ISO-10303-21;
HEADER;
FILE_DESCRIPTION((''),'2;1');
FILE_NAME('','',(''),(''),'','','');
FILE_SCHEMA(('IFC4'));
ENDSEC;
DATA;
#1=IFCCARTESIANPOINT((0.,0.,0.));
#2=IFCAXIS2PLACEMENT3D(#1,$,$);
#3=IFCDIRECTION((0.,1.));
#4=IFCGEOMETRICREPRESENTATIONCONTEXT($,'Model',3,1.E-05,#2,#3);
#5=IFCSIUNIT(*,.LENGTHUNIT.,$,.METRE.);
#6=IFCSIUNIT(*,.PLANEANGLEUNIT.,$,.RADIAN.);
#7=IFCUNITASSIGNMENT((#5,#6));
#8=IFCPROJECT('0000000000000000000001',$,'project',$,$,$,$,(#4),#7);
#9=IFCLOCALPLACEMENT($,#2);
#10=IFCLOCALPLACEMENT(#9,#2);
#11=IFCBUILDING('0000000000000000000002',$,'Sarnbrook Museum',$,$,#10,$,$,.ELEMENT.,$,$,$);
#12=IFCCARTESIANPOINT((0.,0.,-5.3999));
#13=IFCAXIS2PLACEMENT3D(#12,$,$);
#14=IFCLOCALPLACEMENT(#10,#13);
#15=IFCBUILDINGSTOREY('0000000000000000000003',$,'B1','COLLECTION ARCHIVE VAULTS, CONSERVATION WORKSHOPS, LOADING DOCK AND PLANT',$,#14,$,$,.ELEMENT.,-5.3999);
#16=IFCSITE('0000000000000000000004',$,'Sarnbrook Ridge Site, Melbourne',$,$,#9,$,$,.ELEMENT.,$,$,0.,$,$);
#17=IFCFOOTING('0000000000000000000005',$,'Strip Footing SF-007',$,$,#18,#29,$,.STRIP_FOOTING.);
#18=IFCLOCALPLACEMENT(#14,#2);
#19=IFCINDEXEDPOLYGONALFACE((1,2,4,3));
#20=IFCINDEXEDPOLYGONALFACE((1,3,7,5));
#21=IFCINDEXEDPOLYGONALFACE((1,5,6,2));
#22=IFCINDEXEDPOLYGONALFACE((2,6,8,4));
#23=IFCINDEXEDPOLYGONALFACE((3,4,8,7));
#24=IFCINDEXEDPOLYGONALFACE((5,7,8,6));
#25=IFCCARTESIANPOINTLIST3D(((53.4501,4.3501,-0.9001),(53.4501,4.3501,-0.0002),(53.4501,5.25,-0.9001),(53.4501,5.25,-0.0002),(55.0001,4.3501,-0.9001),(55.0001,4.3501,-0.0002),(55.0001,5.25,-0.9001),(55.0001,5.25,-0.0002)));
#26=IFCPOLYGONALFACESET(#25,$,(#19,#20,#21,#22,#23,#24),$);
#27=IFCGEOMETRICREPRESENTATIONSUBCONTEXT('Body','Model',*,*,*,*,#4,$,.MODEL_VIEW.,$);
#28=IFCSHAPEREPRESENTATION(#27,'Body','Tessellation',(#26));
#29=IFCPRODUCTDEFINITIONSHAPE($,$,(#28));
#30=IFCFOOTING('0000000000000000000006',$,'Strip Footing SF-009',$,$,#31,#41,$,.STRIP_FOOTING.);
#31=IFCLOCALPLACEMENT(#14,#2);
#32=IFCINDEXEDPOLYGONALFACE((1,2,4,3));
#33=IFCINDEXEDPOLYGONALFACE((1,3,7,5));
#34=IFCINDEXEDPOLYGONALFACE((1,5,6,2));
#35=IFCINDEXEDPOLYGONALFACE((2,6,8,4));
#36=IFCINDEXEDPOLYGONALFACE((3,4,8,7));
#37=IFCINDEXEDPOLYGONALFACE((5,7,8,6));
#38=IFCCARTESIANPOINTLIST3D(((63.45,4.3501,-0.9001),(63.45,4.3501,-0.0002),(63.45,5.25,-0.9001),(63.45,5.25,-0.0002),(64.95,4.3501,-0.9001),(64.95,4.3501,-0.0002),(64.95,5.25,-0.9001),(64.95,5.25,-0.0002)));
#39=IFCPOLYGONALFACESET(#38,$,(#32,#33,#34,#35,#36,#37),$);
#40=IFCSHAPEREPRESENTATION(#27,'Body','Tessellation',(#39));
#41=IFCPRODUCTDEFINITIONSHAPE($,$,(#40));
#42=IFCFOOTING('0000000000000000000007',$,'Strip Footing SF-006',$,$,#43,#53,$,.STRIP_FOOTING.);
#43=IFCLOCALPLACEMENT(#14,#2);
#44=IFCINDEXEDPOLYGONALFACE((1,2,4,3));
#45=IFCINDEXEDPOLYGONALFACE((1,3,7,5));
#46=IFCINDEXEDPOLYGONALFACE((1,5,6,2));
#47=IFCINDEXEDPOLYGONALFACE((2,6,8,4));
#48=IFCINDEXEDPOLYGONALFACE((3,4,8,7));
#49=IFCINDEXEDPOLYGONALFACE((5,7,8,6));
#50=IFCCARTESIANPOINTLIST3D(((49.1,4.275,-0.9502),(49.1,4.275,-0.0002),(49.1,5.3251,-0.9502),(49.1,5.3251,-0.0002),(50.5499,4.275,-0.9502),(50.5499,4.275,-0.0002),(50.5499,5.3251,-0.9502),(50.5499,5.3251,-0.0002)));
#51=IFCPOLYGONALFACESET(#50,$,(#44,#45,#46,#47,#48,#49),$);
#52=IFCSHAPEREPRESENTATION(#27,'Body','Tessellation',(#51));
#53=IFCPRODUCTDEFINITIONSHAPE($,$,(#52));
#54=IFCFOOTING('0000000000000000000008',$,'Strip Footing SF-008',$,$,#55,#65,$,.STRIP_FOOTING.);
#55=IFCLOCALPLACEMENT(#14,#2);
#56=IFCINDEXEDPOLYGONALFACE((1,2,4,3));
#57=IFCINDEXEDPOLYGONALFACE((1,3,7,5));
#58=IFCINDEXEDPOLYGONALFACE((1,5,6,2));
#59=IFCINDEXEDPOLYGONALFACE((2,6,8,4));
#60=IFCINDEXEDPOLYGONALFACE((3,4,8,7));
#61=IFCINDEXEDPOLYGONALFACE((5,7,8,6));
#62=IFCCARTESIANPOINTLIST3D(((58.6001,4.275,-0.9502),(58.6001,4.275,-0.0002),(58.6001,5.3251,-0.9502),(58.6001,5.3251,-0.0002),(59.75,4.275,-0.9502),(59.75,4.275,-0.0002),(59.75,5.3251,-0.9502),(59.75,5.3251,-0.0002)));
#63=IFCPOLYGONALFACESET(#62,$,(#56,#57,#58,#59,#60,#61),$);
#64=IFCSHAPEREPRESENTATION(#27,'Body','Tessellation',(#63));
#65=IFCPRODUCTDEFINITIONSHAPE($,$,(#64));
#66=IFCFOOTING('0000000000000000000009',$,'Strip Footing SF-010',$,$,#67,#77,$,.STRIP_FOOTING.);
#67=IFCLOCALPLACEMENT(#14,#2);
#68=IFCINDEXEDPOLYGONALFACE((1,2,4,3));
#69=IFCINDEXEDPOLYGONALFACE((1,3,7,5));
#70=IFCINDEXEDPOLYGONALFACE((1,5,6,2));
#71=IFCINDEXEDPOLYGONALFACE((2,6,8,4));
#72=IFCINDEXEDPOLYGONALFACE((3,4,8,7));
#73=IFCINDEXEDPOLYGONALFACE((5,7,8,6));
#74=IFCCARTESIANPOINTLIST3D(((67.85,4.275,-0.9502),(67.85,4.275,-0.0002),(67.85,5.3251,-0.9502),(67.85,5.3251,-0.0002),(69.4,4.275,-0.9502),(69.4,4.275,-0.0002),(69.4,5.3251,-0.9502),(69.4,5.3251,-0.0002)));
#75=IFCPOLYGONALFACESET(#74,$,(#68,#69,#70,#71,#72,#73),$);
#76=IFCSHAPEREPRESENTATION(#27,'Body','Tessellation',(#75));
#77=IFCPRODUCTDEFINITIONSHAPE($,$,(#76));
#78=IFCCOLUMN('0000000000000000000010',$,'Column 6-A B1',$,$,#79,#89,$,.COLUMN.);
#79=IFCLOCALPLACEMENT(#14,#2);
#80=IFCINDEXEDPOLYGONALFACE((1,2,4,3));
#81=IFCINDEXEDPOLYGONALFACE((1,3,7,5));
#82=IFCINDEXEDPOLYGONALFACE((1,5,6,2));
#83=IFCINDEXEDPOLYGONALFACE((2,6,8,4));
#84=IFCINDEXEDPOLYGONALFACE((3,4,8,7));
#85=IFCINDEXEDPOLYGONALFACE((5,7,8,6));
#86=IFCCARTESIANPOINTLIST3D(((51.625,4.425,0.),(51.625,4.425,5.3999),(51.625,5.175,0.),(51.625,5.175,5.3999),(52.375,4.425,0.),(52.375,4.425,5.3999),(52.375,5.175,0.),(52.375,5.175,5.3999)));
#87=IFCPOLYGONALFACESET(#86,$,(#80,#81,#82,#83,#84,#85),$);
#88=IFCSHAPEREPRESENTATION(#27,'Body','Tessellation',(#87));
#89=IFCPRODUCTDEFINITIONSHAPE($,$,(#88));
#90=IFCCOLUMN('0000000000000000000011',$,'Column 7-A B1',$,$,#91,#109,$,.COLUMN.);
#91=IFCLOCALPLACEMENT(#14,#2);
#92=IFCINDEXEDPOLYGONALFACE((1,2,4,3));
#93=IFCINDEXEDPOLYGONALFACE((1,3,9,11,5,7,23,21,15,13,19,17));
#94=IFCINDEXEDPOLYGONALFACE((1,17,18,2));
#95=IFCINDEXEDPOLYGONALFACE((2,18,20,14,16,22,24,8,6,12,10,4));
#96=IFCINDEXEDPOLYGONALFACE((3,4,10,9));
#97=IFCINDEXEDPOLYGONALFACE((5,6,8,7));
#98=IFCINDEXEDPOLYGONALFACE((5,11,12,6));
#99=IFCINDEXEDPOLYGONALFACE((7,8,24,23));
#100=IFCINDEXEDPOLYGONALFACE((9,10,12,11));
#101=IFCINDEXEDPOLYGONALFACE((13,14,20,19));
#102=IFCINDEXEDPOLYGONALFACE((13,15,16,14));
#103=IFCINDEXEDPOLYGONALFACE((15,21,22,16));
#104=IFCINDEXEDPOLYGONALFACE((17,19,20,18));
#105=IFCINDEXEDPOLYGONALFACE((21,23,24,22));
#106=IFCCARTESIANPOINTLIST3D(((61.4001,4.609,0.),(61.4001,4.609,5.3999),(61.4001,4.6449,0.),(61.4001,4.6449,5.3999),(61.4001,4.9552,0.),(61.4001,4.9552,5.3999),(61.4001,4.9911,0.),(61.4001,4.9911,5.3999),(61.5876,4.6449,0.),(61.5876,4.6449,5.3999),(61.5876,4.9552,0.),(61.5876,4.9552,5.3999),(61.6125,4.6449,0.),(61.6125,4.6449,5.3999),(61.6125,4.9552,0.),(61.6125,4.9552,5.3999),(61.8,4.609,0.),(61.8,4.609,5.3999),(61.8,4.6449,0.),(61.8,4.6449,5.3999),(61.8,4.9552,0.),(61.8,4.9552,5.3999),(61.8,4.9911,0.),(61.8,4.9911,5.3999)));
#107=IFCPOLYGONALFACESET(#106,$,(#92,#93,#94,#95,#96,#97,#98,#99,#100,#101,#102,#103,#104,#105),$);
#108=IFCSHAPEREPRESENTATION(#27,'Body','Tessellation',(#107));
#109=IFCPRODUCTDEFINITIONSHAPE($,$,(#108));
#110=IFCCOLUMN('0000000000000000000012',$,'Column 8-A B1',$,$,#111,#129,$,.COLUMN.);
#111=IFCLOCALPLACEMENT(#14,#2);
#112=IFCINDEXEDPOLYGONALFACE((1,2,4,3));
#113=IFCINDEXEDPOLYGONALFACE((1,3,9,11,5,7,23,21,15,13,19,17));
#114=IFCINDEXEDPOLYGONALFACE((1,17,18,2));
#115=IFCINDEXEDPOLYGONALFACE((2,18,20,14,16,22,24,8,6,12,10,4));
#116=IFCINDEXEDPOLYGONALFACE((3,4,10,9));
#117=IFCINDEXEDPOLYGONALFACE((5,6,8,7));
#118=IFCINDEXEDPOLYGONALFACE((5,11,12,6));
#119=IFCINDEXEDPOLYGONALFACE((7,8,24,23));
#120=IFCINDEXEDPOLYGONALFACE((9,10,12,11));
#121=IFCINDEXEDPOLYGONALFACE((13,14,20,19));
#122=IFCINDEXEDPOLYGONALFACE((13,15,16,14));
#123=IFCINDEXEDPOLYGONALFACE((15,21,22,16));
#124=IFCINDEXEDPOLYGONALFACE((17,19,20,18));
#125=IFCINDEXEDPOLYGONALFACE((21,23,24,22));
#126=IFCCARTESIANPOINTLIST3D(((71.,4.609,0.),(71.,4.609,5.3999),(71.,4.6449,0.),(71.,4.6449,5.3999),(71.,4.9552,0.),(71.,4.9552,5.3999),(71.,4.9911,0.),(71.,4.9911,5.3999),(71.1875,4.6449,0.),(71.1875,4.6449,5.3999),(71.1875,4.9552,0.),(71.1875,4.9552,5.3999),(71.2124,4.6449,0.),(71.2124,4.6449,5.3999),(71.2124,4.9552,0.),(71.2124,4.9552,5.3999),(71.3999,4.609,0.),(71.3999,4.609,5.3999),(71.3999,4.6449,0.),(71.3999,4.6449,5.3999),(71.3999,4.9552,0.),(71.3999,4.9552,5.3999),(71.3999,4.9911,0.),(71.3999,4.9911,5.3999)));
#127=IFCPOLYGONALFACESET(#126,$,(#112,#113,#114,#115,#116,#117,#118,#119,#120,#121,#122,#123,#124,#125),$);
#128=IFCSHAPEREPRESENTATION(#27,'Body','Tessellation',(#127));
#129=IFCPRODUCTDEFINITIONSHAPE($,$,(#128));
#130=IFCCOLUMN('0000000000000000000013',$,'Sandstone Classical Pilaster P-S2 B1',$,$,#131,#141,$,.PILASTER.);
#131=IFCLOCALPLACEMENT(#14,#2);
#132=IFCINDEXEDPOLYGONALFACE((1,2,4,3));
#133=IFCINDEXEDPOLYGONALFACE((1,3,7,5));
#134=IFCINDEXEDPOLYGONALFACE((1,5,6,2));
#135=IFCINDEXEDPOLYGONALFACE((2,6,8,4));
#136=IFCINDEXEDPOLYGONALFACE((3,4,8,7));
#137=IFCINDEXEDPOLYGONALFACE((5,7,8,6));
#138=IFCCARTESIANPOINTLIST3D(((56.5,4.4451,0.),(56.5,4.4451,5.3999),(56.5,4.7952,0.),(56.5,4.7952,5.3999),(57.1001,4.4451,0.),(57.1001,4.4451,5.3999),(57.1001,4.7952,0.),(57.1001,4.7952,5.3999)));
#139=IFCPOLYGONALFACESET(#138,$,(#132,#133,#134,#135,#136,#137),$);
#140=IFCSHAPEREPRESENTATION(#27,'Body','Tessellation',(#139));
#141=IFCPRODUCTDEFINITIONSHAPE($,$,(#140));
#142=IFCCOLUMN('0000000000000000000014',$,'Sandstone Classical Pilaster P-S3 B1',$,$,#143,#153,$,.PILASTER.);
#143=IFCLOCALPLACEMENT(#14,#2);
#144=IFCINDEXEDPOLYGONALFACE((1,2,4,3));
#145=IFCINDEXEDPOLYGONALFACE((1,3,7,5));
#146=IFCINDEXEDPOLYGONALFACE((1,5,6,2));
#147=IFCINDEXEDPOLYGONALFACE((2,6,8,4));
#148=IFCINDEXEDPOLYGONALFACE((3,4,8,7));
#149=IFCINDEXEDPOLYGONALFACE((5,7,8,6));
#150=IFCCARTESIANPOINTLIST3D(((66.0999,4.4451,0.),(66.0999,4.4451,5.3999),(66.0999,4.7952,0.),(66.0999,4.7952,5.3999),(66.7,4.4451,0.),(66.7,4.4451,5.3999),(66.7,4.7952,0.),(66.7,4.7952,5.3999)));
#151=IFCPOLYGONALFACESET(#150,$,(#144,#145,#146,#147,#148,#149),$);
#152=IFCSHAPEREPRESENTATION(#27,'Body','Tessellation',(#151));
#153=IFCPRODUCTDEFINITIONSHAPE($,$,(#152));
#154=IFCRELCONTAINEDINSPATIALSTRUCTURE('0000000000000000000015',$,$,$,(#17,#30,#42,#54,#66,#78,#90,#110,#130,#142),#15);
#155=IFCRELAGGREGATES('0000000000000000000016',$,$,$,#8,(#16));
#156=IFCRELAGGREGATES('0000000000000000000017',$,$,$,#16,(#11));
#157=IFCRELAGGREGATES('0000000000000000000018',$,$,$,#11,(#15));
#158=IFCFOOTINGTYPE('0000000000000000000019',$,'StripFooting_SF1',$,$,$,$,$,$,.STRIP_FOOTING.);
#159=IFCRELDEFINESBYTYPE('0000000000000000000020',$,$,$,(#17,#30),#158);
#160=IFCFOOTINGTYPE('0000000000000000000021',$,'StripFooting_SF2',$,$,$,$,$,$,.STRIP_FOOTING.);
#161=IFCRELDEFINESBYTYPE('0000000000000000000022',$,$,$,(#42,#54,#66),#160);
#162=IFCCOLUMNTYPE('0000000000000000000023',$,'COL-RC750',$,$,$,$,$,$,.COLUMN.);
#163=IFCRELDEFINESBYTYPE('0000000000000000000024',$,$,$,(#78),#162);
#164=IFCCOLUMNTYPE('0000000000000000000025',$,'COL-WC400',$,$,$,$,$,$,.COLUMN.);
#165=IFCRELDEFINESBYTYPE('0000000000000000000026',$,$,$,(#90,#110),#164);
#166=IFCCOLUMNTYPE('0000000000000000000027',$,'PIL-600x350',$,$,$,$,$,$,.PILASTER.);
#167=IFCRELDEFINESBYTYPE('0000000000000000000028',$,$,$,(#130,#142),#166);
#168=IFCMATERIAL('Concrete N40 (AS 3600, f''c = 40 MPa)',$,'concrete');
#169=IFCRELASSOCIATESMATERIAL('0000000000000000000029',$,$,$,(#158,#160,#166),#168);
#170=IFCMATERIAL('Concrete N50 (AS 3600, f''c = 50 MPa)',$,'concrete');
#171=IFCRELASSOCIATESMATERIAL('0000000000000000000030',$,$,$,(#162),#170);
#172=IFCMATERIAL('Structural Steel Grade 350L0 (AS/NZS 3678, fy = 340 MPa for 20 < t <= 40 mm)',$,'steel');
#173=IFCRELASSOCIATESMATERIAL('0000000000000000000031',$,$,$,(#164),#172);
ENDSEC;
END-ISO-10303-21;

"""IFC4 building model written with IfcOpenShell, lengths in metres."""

from ifc_helpers import new_model, si_unit, direction, frame, origin, origin_2d, place, context, subcontext, project, spatial, rectangle, i_section, extrude, material, material_profile, profile_set, type_object, element, save


model = new_model("IFC4")

# Units and contexts
model_context = context("Model", 3, precision=1e-05, world=origin(), true_north=direction((0.0, 1.0)))
body_context = subcontext(model_context, "Body", "Model", "MODEL_VIEW")
ifc_project = project(units=[si_unit("LENGTHUNIT", "METRE"), si_unit("PLANEANGLEUNIT", "RADIAN")], contexts=[model_context])

# Site, building, storey
site_placement = place(None, origin())
site = spatial("IfcSite", under=ifc_project, at=site_placement, Name="Sarnbrook Ridge Site, Melbourne", CompositionType="ELEMENT", RefElevation=0.0)
building_placement = place(site_placement, origin())
building = spatial("IfcBuilding", under=site, at=building_placement, Name="Sarnbrook Museum", CompositionType="ELEMENT")
storey_placement = place(building_placement, frame((0.0, 0.0, -5.3999)))
storey = spatial("IfcBuildingStorey", under=building, at=storey_placement, Name="B1", Description="COLLECTION ARCHIVE VAULTS, CONSERVATION WORKSHOPS, LOADING DOCK AND PLANT", CompositionType="ELEMENT", Elevation=-5.3999)

# Shared definitions
ifc_material_1 = material(Name="Concrete N50 (AS 3600, f'c = 50 MPa)", Category="concrete")

# Footings
ifc_material_2 = material(Name="Concrete N40 (AS 3600, f'c = 40 MPa)", Category="concrete")
footing_type_1 = type_object("IfcFootingType", Name="StripFooting_SF1", PredefinedType="STRIP_FOOTING", material=ifc_material_2)
footing_1_placement = place(storey_placement, frame((54.2251, 4.8, -0.9001), z_axis=(0.0, 0.0, 1.0), x_axis=(1.0, 0.0, 0.0)))
element("IfcFooting", 1, at=footing_1_placement, inside=storey, type_object=footing_type_1, Name="Strip Footing SF-007", PredefinedType="STRIP_FOOTING", context=body_context, shape_type="SweptSolid", body=[
    extrude(rectangle(XDim=1.55, YDim=0.8999, at=origin_2d()), origin(), (0.0, 0.0, 1.0), 0.8999),
])
footing_2_placement = place(storey_placement, frame((64.2, 4.8, -0.9001), z_axis=(0.0, 0.0, 1.0), x_axis=(1.0, 0.0, 0.0)))
element("IfcFooting", 2, at=footing_2_placement, inside=storey, type_object=footing_type_1, Name="Strip Footing SF-009", PredefinedType="STRIP_FOOTING", context=body_context, shape_type="SweptSolid", body=[
    extrude(rectangle(XDim=1.5, YDim=0.8999, at=origin_2d()), origin(), (0.0, 0.0, 1.0), 0.8999),
])
footing_type_2 = type_object("IfcFootingType", Name="StripFooting_SF2", PredefinedType="STRIP_FOOTING", material=ifc_material_2)
footing_3_placement = place(storey_placement, frame((49.825, 4.8, -0.9502), z_axis=(0.0, 0.0, 1.0), x_axis=(1.0, 0.0, 0.0)))
element("IfcFooting", 3, at=footing_3_placement, inside=storey, type_object=footing_type_2, Name="Strip Footing SF-006", PredefinedType="STRIP_FOOTING", context=body_context, shape_type="SweptSolid", body=[
    extrude(rectangle(XDim=1.45, YDim=1.05, at=origin_2d()), origin(), (0.0, 0.0, 1.0), 0.95),
])
footing_4_placement = place(storey_placement, frame((59.175, 4.8, -0.9502), z_axis=(0.0, 0.0, 1.0), x_axis=(1.0, 0.0, 0.0)))
element("IfcFooting", 4, at=footing_4_placement, inside=storey, type_object=footing_type_2, Name="Strip Footing SF-008", PredefinedType="STRIP_FOOTING", context=body_context, shape_type="SweptSolid", body=[
    extrude(rectangle(XDim=1.1499, YDim=1.05, at=origin_2d()), origin(), (0.0, 0.0, 1.0), 0.95),
])
footing_5_placement = place(storey_placement, frame((68.625, 4.8, -0.9502), z_axis=(0.0, 0.0, 1.0), x_axis=(1.0, 0.0, 0.0)))
element("IfcFooting", 5, at=footing_5_placement, inside=storey, type_object=footing_type_2, Name="Strip Footing SF-010", PredefinedType="STRIP_FOOTING", context=body_context, shape_type="SweptSolid", body=[
    extrude(rectangle(XDim=1.55, YDim=1.05, at=origin_2d()), origin(), (0.0, 0.0, 1.0), 0.95),
])

# Columns
ifc_material_profile_1 = material_profile(ifc_material_1, rectangle(XDim=0.75, YDim=0.75, at=origin_2d()), Name="RC 750x750")
ifc_profile_set_1 = profile_set([ifc_material_profile_1], Name="Concrete N50 (AS 3600, f'c = 50 MPa)")
column_type_1 = type_object("IfcColumnType", Name="COL-RC750", PredefinedType="COLUMN", material=ifc_profile_set_1)
column_placement = place(storey_placement, frame((52.0, 4.8, 0.0), z_axis=(0.0, 0.0, 1.0), x_axis=(1.0, 0.0, 0.0)))
element("IfcColumn", 6, at=column_placement, inside=storey, type_object=column_type_1, Name="Column 6-A B1", PredefinedType="COLUMN", context=body_context, shape_type="SweptSolid", body=[
    extrude(rectangle(XDim=0.75, YDim=0.75, at=origin_2d()), origin(), (0.0, 0.0, 1.0), 5.3999),
])
ifc_material_3 = material(Name="Structural Steel Grade 350L0 (AS/NZS 3678, fy = 340 MPa for 20 < t <= 40 mm)", Category="steel")
ifc_material_profile_2 = material_profile(ifc_material_3, i_section(OverallWidth=0.3999, OverallDepth=0.3821, WebThickness=0.0249, FlangeThickness=0.0359, at=origin_2d()), Name="400WC270")
ifc_profile_set_2 = profile_set([ifc_material_profile_2], Name="Structural Steel Grade 350L0 (AS/NZS 3678, fy = 340 MPa for 20 < t <= 40 mm)")
column_type_2 = type_object("IfcColumnType", Name="COL-WC400", PredefinedType="COLUMN", material=ifc_profile_set_2)
for number, where, z_axis, x_axis, name in (
    (7, (61.6001, 4.8, 0.0), (0.0, 0.0, 1.0), (1.0, 0.0, 0.0), "Column 7-A B1"),
    (8, (71.2, 4.8, 0.0), (0.0, 0.0, 1.0), (1.0, 0.0, 0.0), "Column 8-A B1"),
):
    element("IfcColumn", number, at=place(storey_placement, frame(where, z_axis=z_axis, x_axis=x_axis)), inside=storey, type_object=column_type_2, Name=name, PredefinedType="COLUMN", context=body_context, shape_type="SweptSolid", body=[
        extrude(i_section(OverallWidth=0.3999, OverallDepth=0.3821, WebThickness=0.0249, FlangeThickness=0.0359, at=origin_2d()), origin(), (0.0, 0.0, 1.0), 5.3999),
    ])
ifc_material_profile_3 = material_profile(ifc_material_2, rectangle(XDim=0.6001, YDim=0.3501, at=origin_2d()), Name="PILASTER 600x350")
ifc_profile_set_3 = profile_set([ifc_material_profile_3], Name="Concrete N40 (AS 3600, f'c = 40 MPa)")
column_type_3 = type_object("IfcColumnType", Name="PIL-600x350", PredefinedType="PILASTER", material=ifc_profile_set_3)
for number, where, z_axis, x_axis, name in (
    (9, (56.8, 4.6201, 0.0), (0.0, 0.0, 1.0), (1.0, 0.0, 0.0), "Sandstone Classical Pilaster P-S2 B1"),
    (10, (66.3999, 4.6201, 0.0), (0.0, 0.0, 1.0), (1.0, 0.0, 0.0), "Sandstone Classical Pilaster P-S3 B1"),
):
    element("IfcColumn", number, at=place(storey_placement, frame(where, z_axis=z_axis, x_axis=x_axis)), inside=storey, type_object=column_type_3, Name=name, PredefinedType="PILASTER", context=body_context, shape_type="SweptSolid", body=[
        extrude(rectangle(XDim=0.6001, YDim=0.3501, at=origin_2d()), origin(), (0.0, 0.0, 1.0), 5.3999),
    ])

save(model, "model.ifc")
